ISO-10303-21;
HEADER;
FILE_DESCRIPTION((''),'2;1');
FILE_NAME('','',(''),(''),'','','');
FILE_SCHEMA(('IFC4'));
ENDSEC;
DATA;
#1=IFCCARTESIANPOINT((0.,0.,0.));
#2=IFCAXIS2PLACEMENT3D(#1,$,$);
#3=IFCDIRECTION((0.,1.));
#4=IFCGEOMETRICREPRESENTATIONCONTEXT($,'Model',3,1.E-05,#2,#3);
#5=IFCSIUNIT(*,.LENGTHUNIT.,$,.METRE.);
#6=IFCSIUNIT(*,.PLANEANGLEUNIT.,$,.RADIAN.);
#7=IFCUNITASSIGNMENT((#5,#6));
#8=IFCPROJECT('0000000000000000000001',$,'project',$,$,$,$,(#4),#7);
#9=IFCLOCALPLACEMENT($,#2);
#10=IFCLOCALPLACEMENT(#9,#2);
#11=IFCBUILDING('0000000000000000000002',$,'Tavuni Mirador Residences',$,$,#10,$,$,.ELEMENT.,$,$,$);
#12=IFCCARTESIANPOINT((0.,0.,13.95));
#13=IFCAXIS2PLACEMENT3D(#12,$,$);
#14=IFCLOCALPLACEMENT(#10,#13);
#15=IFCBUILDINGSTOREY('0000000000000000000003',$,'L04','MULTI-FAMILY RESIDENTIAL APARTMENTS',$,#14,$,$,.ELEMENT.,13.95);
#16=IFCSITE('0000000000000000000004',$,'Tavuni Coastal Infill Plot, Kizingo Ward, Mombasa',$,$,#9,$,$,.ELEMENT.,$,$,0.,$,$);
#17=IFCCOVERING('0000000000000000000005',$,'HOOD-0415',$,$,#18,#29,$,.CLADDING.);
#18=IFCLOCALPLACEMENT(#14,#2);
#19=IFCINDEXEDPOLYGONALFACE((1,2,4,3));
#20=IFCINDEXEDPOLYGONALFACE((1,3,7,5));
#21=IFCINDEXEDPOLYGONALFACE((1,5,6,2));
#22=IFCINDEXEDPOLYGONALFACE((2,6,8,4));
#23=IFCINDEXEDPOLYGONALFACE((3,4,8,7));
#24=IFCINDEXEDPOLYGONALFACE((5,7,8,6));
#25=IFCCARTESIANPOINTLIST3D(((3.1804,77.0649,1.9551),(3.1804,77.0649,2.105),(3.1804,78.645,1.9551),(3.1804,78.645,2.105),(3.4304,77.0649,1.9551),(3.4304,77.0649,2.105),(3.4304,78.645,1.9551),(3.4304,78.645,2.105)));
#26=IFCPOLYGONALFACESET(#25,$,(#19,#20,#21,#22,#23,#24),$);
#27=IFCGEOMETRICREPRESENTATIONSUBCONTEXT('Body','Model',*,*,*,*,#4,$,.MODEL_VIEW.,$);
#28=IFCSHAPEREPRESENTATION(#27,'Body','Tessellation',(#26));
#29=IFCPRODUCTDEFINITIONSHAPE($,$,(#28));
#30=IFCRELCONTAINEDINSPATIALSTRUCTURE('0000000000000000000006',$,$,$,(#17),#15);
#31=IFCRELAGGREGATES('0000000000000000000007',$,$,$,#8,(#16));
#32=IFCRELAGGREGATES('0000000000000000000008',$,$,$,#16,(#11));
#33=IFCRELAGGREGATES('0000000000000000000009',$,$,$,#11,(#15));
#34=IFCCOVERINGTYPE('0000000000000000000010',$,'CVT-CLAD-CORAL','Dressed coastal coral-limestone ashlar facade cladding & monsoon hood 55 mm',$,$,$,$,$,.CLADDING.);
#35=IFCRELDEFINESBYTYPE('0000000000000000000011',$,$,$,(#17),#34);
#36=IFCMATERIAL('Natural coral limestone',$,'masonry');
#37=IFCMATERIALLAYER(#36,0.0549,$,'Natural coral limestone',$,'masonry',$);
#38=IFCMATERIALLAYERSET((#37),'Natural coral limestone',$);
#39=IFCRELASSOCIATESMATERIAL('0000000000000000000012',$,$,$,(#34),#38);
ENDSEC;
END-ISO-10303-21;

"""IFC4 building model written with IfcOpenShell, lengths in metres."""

from ifc_helpers import new_model, si_unit, direction, frame, origin, origin_2d, place, context, subcontext, project, spatial, rectangle, extrude, material, layer, layer_set, type_object, element, save


model = new_model("IFC4")

# Units and contexts
model_context = context("Model", 3, precision=1e-05, world=origin(), true_north=direction((0.0, 1.0)))
body_context = subcontext(model_context, "Body", "Model", "MODEL_VIEW")
ifc_project = project(units=[si_unit("LENGTHUNIT", "METRE"), si_unit("PLANEANGLEUNIT", "RADIAN")], contexts=[model_context])

# Site, building, storey
site_placement = place(None, origin())
site = spatial("IfcSite", under=ifc_project, at=site_placement, Name="Tavuni Coastal Infill Plot, Kizingo Ward, Mombasa", CompositionType="ELEMENT", RefElevation=0.0)
building_placement = place(site_placement, origin())
building = spatial("IfcBuilding", under=site, at=building_placement, Name="Tavuni Mirador Residences", CompositionType="ELEMENT")
storey_placement = place(building_placement, frame((0.0, 0.0, 13.95)))
storey = spatial("IfcBuildingStorey", under=building, at=storey_placement, Name="L04", Description="MULTI-FAMILY RESIDENTIAL APARTMENTS", CompositionType="ELEMENT", Elevation=13.95)

# Covering
ifc_material_1 = material(Name="Natural coral limestone", Category="masonry")
ifc_layer_1 = layer(ifc_material_1, 0.0549, Name="Natural coral limestone", Category="masonry")
ifc_layer_set_1 = layer_set([ifc_layer_1], Name="Natural coral limestone")
covering_type = type_object("IfcCoveringType", Name="CVT-CLAD-CORAL", Description="Dressed coastal coral-limestone ashlar facade cladding & monsoon hood 55 mm", PredefinedType="CLADDING", material=ifc_layer_set_1)
covering_placement = place(storey_placement, frame((3.3054, 77.855, 1.9551), z_axis=(0.0, 0.0, 1.0), x_axis=(0.0, -1.0, 0.0)))
element("IfcCovering", 1, at=covering_placement, inside=storey, type_object=covering_type, Name="HOOD-0415", PredefinedType="CLADDING", context=body_context, shape_type="SweptSolid", body=[
    extrude(rectangle(XDim=1.5801, YDim=0.25, at=origin_2d()), origin(), (0.0, 0.0, 1.0), 0.1499),
])

save(model, "model.ifc")
